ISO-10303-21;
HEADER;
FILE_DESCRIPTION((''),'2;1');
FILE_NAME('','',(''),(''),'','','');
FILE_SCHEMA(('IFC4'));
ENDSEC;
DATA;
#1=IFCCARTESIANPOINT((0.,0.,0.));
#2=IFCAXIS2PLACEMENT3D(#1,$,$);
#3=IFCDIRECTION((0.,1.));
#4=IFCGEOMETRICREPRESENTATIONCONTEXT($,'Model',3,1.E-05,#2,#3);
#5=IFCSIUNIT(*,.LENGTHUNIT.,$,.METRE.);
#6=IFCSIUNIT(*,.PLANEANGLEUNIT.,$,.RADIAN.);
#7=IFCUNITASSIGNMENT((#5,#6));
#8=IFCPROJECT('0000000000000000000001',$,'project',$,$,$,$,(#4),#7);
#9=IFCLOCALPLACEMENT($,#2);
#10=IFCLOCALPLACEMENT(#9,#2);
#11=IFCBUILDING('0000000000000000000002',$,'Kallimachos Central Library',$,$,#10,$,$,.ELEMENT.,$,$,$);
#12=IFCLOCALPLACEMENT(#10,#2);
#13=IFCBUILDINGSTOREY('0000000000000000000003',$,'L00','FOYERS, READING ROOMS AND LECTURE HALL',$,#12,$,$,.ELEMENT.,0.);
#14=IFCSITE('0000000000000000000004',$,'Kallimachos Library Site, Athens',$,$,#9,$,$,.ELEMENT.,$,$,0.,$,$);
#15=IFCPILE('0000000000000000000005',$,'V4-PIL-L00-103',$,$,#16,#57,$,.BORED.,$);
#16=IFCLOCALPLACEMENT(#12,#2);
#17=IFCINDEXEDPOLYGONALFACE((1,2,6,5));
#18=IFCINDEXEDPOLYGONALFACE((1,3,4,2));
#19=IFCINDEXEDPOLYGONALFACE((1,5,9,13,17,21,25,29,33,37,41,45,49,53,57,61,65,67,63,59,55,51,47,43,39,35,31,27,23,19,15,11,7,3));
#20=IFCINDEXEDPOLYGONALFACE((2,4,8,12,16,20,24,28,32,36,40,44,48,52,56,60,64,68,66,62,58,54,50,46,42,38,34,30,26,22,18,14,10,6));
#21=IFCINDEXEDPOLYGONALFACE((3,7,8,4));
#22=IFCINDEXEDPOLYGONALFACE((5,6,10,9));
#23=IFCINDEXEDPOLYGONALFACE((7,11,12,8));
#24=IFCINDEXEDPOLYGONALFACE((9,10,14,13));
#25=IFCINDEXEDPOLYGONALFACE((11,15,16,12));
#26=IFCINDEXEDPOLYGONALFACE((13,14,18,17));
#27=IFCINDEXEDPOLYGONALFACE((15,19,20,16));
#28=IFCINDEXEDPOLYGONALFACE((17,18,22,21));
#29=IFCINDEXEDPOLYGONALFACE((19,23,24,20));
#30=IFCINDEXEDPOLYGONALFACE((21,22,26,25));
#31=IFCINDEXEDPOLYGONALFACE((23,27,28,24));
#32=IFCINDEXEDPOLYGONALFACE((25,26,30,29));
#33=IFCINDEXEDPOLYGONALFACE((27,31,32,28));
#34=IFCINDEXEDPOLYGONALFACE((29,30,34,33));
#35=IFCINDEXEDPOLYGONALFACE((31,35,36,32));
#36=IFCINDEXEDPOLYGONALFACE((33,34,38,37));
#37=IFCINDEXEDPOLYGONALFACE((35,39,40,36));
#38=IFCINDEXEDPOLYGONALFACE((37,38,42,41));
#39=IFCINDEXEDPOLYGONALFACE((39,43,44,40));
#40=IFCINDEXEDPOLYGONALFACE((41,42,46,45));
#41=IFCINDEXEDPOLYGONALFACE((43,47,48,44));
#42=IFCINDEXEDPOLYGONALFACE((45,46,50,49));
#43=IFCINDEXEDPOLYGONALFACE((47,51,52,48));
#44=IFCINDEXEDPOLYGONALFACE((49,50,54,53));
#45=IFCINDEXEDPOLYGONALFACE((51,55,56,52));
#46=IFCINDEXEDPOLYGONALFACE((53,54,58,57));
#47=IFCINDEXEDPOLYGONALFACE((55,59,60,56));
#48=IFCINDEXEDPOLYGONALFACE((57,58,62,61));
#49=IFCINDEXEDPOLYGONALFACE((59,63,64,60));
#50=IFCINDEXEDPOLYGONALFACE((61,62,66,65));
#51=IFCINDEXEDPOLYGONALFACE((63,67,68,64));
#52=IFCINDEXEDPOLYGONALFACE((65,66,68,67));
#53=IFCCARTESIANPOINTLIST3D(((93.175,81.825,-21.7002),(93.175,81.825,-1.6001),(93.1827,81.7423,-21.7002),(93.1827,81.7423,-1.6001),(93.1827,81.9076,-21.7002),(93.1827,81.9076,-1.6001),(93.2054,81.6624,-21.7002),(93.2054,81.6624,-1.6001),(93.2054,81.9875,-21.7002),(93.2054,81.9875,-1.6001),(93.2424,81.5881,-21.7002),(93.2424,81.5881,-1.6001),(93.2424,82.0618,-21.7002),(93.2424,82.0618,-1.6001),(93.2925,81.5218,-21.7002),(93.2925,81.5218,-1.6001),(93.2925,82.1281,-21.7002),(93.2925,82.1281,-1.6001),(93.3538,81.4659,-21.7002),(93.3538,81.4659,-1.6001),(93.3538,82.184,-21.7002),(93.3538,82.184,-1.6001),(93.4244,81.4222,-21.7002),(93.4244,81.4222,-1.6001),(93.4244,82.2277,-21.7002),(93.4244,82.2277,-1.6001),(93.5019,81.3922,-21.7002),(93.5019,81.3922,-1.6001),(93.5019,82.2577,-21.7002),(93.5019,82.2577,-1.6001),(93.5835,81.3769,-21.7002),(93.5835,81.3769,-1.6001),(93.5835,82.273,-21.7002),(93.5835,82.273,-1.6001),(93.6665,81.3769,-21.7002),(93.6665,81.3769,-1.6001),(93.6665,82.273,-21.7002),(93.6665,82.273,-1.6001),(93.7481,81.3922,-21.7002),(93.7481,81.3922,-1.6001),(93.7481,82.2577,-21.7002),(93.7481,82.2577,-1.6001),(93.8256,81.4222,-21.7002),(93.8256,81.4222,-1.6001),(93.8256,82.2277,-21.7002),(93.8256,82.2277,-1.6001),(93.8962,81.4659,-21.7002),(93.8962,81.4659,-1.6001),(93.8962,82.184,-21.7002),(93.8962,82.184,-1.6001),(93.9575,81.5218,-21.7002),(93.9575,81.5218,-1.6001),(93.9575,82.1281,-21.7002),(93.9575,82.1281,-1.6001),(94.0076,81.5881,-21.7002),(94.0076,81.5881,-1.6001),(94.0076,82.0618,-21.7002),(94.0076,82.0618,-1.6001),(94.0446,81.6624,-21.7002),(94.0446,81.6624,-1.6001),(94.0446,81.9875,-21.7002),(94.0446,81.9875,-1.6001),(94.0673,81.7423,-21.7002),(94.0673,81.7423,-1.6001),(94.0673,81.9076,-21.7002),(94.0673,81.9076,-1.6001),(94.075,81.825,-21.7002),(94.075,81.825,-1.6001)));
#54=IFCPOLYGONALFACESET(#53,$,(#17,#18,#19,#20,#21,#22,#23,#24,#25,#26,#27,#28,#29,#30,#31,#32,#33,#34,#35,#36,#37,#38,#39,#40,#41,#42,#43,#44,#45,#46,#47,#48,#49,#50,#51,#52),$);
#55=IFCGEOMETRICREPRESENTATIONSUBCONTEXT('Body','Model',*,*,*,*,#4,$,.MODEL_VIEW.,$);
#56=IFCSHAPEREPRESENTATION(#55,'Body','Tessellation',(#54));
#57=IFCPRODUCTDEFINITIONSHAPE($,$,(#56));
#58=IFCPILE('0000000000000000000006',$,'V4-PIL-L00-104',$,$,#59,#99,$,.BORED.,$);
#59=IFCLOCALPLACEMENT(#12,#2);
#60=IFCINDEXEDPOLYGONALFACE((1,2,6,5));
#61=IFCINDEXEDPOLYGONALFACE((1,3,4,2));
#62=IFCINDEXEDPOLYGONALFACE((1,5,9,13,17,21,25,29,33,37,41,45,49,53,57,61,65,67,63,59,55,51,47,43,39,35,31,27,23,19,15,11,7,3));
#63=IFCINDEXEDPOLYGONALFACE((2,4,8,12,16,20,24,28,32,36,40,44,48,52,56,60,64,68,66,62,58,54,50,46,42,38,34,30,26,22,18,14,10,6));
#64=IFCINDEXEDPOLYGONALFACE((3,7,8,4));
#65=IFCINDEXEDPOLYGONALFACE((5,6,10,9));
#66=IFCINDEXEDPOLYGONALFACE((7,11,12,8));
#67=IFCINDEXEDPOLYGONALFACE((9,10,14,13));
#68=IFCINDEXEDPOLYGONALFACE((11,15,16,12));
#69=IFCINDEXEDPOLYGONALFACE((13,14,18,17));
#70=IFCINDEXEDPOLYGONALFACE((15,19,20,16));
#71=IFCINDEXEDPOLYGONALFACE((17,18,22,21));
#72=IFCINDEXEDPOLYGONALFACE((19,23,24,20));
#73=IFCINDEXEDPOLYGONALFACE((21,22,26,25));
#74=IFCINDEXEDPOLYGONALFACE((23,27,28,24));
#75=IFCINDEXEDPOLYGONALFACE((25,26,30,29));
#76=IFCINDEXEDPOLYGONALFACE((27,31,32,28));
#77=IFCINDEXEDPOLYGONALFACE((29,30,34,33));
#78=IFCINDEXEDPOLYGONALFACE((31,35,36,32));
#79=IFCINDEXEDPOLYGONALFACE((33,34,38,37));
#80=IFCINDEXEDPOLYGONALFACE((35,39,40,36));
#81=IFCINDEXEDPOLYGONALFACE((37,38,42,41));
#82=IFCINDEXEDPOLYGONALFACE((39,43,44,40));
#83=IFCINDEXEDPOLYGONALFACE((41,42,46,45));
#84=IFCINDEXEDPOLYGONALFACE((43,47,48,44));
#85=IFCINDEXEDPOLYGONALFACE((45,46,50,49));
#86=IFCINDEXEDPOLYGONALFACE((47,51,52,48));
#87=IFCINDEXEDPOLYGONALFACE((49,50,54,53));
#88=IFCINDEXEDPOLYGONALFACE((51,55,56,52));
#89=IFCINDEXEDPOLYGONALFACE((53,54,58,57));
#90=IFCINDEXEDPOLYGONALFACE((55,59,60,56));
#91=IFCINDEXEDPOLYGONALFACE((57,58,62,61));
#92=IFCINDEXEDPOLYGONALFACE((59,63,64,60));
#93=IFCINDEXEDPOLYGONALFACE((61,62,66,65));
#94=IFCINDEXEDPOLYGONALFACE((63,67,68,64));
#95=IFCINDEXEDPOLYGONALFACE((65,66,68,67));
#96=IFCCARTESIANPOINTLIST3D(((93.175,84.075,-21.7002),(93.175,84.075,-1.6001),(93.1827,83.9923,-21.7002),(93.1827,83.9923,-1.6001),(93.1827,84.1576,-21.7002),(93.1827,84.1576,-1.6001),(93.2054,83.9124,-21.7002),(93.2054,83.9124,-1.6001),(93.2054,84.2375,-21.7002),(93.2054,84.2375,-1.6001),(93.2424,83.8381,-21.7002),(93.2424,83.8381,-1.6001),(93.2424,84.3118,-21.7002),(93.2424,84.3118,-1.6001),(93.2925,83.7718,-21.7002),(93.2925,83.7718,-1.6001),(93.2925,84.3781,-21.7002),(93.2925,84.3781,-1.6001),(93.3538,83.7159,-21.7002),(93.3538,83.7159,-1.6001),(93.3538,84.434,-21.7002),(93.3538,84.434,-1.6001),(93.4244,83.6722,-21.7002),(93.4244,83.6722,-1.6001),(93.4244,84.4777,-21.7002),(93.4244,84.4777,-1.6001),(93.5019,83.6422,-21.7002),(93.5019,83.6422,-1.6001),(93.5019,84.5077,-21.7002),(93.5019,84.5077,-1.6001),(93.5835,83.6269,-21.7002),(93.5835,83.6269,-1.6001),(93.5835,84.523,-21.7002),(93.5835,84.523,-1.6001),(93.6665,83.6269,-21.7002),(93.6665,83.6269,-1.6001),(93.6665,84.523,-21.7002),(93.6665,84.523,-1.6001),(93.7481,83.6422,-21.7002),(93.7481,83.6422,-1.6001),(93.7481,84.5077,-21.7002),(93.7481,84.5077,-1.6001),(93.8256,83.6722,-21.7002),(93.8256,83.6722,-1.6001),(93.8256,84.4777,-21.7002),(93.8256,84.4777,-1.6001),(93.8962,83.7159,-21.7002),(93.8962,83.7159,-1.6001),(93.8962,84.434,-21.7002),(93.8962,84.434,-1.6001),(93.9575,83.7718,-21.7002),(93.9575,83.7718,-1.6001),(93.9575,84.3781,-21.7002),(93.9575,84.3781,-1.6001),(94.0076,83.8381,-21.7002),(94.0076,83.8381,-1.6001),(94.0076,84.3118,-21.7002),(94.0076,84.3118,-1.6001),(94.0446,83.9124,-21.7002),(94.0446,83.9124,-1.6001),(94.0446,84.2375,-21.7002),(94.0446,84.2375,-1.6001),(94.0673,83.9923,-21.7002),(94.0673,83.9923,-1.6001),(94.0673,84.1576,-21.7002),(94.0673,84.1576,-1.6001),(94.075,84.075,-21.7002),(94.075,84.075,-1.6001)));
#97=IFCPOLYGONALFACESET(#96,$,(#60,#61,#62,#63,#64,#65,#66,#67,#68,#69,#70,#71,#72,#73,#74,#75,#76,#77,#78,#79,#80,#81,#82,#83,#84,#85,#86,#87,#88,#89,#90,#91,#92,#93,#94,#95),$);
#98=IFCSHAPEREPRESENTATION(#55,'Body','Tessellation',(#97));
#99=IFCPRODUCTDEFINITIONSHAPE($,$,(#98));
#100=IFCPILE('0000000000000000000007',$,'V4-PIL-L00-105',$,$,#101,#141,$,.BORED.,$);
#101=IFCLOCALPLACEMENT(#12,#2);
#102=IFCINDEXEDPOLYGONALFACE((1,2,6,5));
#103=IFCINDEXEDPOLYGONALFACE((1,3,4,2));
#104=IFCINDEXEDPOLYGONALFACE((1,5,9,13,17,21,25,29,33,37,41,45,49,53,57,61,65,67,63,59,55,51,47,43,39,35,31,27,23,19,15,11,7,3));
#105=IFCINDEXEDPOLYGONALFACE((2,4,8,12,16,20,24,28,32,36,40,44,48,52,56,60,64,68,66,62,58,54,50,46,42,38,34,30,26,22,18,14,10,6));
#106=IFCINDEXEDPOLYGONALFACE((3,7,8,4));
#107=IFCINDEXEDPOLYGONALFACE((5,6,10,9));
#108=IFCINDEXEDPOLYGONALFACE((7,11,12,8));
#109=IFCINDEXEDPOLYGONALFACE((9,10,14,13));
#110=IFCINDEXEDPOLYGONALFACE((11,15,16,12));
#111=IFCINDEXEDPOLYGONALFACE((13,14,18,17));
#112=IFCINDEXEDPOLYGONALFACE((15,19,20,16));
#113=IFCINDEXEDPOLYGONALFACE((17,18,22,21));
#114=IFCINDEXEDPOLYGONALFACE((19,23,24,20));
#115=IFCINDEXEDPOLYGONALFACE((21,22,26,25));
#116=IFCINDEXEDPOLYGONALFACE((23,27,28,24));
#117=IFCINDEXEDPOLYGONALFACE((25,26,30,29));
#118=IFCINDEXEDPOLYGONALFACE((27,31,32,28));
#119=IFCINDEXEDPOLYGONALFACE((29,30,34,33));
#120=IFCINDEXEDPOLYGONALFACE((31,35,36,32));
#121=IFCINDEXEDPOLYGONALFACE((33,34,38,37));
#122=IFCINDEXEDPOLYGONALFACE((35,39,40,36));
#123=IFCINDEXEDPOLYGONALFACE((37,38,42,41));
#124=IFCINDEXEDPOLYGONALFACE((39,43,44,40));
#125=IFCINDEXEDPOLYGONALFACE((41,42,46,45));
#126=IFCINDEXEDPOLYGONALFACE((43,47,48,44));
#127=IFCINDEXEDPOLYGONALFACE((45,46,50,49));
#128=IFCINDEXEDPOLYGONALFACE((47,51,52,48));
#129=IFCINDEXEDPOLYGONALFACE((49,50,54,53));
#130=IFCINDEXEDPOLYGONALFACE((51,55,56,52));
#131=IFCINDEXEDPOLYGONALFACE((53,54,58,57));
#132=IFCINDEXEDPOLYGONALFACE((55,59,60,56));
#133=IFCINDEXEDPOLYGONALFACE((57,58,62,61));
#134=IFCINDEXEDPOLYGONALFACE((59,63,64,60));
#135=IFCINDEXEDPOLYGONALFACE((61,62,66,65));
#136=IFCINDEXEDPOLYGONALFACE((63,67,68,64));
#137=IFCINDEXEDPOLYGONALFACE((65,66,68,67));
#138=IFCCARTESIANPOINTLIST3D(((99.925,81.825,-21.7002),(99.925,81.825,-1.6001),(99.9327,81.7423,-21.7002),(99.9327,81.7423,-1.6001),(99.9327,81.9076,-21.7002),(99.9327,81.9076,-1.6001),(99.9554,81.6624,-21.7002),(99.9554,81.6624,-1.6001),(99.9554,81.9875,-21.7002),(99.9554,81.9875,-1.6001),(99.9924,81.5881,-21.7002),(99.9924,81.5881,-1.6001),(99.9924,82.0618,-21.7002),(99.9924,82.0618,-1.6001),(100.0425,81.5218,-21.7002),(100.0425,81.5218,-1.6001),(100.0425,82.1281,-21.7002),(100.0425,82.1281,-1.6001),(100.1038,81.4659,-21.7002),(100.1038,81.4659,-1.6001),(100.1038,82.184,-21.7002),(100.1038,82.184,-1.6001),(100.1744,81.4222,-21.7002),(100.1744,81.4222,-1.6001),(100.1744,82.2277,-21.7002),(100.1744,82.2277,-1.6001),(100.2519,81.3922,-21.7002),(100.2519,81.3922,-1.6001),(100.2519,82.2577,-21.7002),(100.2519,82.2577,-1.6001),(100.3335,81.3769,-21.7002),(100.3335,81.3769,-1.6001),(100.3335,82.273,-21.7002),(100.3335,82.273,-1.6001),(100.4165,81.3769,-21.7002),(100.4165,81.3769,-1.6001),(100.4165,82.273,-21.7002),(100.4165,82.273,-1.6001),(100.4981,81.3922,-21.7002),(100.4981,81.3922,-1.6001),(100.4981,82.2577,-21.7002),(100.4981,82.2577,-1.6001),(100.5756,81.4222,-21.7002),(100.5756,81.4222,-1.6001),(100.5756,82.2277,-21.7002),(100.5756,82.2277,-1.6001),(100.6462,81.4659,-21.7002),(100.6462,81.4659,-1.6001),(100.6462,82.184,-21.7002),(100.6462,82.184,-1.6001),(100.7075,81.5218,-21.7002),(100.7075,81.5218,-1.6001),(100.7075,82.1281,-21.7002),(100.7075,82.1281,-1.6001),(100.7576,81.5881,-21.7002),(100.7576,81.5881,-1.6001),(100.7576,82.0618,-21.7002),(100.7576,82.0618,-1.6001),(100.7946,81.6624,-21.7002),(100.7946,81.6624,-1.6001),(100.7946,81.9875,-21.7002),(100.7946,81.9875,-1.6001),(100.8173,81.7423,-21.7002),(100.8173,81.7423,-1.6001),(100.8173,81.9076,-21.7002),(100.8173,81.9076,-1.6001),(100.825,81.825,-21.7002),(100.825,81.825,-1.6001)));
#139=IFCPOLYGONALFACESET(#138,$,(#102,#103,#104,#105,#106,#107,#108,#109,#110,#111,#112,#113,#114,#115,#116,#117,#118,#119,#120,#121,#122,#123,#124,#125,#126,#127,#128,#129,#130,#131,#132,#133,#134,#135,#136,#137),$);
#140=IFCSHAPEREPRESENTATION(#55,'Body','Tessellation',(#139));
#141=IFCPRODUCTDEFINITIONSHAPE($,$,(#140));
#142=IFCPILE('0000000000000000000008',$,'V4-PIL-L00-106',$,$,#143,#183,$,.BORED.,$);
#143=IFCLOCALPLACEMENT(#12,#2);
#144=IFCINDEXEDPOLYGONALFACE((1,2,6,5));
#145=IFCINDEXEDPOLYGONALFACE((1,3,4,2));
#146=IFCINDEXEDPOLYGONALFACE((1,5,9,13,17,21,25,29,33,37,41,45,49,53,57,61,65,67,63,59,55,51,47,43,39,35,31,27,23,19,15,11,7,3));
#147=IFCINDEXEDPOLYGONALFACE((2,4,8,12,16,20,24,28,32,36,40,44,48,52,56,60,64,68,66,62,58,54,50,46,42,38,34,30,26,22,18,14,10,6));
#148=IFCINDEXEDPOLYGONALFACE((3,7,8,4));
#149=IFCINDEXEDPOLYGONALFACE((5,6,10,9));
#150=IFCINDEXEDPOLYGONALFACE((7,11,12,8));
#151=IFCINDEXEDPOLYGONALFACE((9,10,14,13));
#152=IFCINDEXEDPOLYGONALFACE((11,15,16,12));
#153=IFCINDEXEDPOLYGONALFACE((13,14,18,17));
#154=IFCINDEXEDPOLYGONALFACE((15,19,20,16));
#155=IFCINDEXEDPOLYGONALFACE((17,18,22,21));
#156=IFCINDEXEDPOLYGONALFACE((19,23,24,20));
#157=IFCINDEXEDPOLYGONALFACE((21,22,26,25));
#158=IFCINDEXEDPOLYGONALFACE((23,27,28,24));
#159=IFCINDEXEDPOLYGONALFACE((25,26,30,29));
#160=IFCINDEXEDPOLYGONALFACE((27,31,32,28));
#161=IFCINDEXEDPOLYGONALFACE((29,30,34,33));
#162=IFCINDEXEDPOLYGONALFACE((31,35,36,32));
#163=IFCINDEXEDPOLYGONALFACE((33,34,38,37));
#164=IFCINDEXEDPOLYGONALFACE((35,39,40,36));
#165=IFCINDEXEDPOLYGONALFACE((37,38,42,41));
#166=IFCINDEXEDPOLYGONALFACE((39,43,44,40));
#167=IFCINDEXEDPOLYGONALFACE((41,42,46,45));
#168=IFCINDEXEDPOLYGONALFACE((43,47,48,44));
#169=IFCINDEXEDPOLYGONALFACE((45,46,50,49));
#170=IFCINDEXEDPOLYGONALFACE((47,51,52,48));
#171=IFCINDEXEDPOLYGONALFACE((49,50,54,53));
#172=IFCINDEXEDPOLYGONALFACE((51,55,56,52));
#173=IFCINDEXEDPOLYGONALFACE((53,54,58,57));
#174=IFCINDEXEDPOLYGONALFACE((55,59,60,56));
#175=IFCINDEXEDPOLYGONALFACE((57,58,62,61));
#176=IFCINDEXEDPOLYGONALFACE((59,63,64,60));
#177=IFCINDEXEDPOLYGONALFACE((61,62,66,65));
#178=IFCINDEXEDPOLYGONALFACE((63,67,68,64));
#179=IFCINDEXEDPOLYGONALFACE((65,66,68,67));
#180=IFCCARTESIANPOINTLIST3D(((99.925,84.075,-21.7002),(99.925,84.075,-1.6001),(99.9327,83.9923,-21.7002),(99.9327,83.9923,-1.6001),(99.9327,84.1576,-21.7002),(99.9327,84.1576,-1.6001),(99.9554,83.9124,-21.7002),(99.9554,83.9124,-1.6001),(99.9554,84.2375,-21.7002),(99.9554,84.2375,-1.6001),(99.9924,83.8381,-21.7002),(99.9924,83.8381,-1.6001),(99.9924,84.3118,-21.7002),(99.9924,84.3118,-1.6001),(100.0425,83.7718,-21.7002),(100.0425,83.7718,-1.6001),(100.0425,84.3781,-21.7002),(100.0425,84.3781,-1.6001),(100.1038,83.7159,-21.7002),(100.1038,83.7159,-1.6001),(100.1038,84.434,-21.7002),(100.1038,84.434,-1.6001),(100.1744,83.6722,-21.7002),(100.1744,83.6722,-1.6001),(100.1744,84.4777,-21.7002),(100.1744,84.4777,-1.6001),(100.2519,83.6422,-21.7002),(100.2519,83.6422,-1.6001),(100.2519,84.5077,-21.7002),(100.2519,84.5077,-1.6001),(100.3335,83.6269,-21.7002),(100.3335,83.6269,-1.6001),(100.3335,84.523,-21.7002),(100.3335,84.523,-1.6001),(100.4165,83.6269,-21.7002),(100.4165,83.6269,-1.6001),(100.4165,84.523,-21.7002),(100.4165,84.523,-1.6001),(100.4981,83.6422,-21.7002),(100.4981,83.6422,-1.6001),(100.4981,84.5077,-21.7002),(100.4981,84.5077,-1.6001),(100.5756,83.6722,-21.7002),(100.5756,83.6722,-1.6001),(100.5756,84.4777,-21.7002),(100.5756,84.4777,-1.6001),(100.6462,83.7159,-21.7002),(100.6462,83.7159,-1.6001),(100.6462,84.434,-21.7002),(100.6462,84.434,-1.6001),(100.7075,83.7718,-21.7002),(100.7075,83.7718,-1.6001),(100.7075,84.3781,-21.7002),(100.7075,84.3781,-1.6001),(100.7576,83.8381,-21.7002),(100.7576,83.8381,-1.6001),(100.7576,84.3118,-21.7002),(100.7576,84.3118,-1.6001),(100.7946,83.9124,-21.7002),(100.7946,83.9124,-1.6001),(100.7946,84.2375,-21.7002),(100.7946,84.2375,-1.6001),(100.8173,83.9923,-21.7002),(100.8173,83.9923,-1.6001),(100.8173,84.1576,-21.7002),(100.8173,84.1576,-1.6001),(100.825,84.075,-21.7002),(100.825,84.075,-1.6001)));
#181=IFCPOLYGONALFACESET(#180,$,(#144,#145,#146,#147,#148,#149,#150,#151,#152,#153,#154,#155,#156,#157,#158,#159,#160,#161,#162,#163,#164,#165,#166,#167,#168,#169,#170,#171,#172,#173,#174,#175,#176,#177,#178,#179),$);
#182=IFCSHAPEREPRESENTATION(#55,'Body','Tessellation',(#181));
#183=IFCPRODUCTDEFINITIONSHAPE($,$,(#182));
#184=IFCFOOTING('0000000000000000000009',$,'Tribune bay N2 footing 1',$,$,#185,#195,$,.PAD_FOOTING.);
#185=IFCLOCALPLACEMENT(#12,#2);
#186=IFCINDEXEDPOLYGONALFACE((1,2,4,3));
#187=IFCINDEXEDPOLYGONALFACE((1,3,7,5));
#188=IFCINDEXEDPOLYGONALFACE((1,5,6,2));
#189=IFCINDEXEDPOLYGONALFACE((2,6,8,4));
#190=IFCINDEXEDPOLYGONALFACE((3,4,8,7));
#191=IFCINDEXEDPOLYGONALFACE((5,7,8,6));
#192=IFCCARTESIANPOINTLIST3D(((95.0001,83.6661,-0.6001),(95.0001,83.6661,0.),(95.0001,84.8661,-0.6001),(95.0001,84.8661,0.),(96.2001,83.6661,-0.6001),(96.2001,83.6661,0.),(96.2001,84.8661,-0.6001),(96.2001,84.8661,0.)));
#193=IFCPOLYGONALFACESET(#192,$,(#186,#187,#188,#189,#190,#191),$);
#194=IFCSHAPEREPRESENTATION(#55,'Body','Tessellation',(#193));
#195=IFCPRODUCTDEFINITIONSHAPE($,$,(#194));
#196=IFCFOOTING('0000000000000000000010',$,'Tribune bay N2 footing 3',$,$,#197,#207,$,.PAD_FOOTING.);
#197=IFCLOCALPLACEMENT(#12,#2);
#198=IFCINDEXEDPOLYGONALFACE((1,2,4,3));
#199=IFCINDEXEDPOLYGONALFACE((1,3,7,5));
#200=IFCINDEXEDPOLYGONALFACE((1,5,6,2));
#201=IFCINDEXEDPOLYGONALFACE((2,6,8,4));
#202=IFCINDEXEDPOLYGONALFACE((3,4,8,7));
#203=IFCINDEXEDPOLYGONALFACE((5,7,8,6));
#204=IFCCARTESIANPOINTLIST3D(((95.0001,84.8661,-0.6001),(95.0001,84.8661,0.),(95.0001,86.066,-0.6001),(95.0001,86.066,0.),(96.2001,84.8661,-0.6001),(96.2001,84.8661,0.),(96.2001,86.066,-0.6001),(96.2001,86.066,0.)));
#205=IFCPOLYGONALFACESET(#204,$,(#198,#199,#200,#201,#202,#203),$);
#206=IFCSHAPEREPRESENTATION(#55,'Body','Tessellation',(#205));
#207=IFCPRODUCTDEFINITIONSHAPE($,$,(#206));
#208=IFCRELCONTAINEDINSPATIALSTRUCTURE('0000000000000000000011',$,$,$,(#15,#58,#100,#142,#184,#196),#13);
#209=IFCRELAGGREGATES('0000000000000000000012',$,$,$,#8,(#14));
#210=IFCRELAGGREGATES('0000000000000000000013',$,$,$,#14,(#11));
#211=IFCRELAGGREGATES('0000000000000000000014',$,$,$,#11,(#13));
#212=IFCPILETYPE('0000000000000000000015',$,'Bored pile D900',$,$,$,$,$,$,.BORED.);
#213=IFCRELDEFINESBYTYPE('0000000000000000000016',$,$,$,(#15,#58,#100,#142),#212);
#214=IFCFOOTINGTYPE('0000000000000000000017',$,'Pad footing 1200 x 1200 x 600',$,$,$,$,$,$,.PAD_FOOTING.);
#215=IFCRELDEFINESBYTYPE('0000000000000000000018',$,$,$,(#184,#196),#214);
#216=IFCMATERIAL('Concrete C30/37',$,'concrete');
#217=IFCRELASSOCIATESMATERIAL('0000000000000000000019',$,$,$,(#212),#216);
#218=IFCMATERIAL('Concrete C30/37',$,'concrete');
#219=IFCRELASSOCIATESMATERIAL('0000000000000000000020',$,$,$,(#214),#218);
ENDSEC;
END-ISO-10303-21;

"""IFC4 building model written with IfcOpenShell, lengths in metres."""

from ifc_helpers import new_model, si_unit, direction, frame, origin, origin_2d, place, context, subcontext, project, spatial, rectangle, circle, extrude, material, type_object, element, save


model = new_model("IFC4")

# Units and contexts
model_context = context("Model", 3, precision=1e-05, world=origin(), true_north=direction((0.0, 1.0)))
body_context = subcontext(model_context, "Body", "Model", "MODEL_VIEW")
ifc_project = project(units=[si_unit("LENGTHUNIT", "METRE"), si_unit("PLANEANGLEUNIT", "RADIAN")], contexts=[model_context])

# Site, building, storey
site_placement = place(None, origin())
site = spatial("IfcSite", under=ifc_project, at=site_placement, Name="Kallimachos Library Site, Athens", CompositionType="ELEMENT", RefElevation=0.0)
building_placement = place(site_placement, origin())
building = spatial("IfcBuilding", under=site, at=building_placement, Name="Kallimachos Central Library", CompositionType="ELEMENT")
storey_placement = place(building_placement, origin())
storey = spatial("IfcBuildingStorey", under=building, at=storey_placement, Name="L00", Description="FOYERS, READING ROOMS AND LECTURE HALL", CompositionType="ELEMENT", Elevation=0.0)

# Piles
ifc_material_1 = material(Name="Concrete C30/37", Category="concrete")
pile_type = type_object("IfcPileType", Name="Bored pile D900", PredefinedType="BORED", material=ifc_material_1)
for number, where, z_axis, x_axis, name in (
    (1, (93.625, 81.825, -1.6001), (0.0, 0.0, -1.0), (1.0, 0.0, 0.0), "V4-PIL-L00-103"),
    (2, (93.625, 84.075, -1.6001), (0.0, 0.0, -1.0), (1.0, 0.0, 0.0), "V4-PIL-L00-104"),
    (3, (100.375, 81.825, -1.6001), (0.0, 0.0, -1.0), (1.0, 0.0, 0.0), "V4-PIL-L00-105"),
    (4, (100.375, 84.075, -1.6001), (0.0, 0.0, -1.0), (1.0, 0.0, 0.0), "V4-PIL-L00-106"),
):
    element("IfcPile", number, at=place(storey_placement, frame(where, z_axis=z_axis, x_axis=x_axis)), inside=storey, type_object=pile_type, Name=name, PredefinedType="BORED", context=body_context, shape_type="SweptSolid", body=[
        extrude(circle(Radius=0.45, at=origin_2d()), origin(), (0.0, 0.0, 1.0), 20.1001),
    ])

# Footings
ifc_material_2 = material(Name="Concrete C30/37", Category="concrete")
footing_type_1 = type_object("IfcFootingType", Name="Pad footing 1200 x 1200 x 600", PredefinedType="PAD_FOOTING", material=ifc_material_2)
for number, where, z_axis, x_axis, name in (
    (5, (95.6001, 84.2661, -0.6001), (0.0, 0.0, 1.0), (1.0, 0.0, 0.0), "Tribune bay N2 footing 1"),
    (6, (95.6001, 85.4661, -0.6001), (0.0, 0.0, 1.0), (1.0, 0.0, 0.0), "Tribune bay N2 footing 3"),
):
    element("IfcFooting", number, at=place(storey_placement, frame(where, z_axis=z_axis, x_axis=x_axis)), inside=storey, type_object=footing_type_1, Name=name, PredefinedType="PAD_FOOTING", context=body_context, shape_type="SweptSolid", body=[
        extrude(rectangle(XDim=1.2, YDim=1.2, at=origin_2d()), origin(), (0.0, 0.0, 1.0), 0.6001),
    ])

save(model, "model.ifc")
